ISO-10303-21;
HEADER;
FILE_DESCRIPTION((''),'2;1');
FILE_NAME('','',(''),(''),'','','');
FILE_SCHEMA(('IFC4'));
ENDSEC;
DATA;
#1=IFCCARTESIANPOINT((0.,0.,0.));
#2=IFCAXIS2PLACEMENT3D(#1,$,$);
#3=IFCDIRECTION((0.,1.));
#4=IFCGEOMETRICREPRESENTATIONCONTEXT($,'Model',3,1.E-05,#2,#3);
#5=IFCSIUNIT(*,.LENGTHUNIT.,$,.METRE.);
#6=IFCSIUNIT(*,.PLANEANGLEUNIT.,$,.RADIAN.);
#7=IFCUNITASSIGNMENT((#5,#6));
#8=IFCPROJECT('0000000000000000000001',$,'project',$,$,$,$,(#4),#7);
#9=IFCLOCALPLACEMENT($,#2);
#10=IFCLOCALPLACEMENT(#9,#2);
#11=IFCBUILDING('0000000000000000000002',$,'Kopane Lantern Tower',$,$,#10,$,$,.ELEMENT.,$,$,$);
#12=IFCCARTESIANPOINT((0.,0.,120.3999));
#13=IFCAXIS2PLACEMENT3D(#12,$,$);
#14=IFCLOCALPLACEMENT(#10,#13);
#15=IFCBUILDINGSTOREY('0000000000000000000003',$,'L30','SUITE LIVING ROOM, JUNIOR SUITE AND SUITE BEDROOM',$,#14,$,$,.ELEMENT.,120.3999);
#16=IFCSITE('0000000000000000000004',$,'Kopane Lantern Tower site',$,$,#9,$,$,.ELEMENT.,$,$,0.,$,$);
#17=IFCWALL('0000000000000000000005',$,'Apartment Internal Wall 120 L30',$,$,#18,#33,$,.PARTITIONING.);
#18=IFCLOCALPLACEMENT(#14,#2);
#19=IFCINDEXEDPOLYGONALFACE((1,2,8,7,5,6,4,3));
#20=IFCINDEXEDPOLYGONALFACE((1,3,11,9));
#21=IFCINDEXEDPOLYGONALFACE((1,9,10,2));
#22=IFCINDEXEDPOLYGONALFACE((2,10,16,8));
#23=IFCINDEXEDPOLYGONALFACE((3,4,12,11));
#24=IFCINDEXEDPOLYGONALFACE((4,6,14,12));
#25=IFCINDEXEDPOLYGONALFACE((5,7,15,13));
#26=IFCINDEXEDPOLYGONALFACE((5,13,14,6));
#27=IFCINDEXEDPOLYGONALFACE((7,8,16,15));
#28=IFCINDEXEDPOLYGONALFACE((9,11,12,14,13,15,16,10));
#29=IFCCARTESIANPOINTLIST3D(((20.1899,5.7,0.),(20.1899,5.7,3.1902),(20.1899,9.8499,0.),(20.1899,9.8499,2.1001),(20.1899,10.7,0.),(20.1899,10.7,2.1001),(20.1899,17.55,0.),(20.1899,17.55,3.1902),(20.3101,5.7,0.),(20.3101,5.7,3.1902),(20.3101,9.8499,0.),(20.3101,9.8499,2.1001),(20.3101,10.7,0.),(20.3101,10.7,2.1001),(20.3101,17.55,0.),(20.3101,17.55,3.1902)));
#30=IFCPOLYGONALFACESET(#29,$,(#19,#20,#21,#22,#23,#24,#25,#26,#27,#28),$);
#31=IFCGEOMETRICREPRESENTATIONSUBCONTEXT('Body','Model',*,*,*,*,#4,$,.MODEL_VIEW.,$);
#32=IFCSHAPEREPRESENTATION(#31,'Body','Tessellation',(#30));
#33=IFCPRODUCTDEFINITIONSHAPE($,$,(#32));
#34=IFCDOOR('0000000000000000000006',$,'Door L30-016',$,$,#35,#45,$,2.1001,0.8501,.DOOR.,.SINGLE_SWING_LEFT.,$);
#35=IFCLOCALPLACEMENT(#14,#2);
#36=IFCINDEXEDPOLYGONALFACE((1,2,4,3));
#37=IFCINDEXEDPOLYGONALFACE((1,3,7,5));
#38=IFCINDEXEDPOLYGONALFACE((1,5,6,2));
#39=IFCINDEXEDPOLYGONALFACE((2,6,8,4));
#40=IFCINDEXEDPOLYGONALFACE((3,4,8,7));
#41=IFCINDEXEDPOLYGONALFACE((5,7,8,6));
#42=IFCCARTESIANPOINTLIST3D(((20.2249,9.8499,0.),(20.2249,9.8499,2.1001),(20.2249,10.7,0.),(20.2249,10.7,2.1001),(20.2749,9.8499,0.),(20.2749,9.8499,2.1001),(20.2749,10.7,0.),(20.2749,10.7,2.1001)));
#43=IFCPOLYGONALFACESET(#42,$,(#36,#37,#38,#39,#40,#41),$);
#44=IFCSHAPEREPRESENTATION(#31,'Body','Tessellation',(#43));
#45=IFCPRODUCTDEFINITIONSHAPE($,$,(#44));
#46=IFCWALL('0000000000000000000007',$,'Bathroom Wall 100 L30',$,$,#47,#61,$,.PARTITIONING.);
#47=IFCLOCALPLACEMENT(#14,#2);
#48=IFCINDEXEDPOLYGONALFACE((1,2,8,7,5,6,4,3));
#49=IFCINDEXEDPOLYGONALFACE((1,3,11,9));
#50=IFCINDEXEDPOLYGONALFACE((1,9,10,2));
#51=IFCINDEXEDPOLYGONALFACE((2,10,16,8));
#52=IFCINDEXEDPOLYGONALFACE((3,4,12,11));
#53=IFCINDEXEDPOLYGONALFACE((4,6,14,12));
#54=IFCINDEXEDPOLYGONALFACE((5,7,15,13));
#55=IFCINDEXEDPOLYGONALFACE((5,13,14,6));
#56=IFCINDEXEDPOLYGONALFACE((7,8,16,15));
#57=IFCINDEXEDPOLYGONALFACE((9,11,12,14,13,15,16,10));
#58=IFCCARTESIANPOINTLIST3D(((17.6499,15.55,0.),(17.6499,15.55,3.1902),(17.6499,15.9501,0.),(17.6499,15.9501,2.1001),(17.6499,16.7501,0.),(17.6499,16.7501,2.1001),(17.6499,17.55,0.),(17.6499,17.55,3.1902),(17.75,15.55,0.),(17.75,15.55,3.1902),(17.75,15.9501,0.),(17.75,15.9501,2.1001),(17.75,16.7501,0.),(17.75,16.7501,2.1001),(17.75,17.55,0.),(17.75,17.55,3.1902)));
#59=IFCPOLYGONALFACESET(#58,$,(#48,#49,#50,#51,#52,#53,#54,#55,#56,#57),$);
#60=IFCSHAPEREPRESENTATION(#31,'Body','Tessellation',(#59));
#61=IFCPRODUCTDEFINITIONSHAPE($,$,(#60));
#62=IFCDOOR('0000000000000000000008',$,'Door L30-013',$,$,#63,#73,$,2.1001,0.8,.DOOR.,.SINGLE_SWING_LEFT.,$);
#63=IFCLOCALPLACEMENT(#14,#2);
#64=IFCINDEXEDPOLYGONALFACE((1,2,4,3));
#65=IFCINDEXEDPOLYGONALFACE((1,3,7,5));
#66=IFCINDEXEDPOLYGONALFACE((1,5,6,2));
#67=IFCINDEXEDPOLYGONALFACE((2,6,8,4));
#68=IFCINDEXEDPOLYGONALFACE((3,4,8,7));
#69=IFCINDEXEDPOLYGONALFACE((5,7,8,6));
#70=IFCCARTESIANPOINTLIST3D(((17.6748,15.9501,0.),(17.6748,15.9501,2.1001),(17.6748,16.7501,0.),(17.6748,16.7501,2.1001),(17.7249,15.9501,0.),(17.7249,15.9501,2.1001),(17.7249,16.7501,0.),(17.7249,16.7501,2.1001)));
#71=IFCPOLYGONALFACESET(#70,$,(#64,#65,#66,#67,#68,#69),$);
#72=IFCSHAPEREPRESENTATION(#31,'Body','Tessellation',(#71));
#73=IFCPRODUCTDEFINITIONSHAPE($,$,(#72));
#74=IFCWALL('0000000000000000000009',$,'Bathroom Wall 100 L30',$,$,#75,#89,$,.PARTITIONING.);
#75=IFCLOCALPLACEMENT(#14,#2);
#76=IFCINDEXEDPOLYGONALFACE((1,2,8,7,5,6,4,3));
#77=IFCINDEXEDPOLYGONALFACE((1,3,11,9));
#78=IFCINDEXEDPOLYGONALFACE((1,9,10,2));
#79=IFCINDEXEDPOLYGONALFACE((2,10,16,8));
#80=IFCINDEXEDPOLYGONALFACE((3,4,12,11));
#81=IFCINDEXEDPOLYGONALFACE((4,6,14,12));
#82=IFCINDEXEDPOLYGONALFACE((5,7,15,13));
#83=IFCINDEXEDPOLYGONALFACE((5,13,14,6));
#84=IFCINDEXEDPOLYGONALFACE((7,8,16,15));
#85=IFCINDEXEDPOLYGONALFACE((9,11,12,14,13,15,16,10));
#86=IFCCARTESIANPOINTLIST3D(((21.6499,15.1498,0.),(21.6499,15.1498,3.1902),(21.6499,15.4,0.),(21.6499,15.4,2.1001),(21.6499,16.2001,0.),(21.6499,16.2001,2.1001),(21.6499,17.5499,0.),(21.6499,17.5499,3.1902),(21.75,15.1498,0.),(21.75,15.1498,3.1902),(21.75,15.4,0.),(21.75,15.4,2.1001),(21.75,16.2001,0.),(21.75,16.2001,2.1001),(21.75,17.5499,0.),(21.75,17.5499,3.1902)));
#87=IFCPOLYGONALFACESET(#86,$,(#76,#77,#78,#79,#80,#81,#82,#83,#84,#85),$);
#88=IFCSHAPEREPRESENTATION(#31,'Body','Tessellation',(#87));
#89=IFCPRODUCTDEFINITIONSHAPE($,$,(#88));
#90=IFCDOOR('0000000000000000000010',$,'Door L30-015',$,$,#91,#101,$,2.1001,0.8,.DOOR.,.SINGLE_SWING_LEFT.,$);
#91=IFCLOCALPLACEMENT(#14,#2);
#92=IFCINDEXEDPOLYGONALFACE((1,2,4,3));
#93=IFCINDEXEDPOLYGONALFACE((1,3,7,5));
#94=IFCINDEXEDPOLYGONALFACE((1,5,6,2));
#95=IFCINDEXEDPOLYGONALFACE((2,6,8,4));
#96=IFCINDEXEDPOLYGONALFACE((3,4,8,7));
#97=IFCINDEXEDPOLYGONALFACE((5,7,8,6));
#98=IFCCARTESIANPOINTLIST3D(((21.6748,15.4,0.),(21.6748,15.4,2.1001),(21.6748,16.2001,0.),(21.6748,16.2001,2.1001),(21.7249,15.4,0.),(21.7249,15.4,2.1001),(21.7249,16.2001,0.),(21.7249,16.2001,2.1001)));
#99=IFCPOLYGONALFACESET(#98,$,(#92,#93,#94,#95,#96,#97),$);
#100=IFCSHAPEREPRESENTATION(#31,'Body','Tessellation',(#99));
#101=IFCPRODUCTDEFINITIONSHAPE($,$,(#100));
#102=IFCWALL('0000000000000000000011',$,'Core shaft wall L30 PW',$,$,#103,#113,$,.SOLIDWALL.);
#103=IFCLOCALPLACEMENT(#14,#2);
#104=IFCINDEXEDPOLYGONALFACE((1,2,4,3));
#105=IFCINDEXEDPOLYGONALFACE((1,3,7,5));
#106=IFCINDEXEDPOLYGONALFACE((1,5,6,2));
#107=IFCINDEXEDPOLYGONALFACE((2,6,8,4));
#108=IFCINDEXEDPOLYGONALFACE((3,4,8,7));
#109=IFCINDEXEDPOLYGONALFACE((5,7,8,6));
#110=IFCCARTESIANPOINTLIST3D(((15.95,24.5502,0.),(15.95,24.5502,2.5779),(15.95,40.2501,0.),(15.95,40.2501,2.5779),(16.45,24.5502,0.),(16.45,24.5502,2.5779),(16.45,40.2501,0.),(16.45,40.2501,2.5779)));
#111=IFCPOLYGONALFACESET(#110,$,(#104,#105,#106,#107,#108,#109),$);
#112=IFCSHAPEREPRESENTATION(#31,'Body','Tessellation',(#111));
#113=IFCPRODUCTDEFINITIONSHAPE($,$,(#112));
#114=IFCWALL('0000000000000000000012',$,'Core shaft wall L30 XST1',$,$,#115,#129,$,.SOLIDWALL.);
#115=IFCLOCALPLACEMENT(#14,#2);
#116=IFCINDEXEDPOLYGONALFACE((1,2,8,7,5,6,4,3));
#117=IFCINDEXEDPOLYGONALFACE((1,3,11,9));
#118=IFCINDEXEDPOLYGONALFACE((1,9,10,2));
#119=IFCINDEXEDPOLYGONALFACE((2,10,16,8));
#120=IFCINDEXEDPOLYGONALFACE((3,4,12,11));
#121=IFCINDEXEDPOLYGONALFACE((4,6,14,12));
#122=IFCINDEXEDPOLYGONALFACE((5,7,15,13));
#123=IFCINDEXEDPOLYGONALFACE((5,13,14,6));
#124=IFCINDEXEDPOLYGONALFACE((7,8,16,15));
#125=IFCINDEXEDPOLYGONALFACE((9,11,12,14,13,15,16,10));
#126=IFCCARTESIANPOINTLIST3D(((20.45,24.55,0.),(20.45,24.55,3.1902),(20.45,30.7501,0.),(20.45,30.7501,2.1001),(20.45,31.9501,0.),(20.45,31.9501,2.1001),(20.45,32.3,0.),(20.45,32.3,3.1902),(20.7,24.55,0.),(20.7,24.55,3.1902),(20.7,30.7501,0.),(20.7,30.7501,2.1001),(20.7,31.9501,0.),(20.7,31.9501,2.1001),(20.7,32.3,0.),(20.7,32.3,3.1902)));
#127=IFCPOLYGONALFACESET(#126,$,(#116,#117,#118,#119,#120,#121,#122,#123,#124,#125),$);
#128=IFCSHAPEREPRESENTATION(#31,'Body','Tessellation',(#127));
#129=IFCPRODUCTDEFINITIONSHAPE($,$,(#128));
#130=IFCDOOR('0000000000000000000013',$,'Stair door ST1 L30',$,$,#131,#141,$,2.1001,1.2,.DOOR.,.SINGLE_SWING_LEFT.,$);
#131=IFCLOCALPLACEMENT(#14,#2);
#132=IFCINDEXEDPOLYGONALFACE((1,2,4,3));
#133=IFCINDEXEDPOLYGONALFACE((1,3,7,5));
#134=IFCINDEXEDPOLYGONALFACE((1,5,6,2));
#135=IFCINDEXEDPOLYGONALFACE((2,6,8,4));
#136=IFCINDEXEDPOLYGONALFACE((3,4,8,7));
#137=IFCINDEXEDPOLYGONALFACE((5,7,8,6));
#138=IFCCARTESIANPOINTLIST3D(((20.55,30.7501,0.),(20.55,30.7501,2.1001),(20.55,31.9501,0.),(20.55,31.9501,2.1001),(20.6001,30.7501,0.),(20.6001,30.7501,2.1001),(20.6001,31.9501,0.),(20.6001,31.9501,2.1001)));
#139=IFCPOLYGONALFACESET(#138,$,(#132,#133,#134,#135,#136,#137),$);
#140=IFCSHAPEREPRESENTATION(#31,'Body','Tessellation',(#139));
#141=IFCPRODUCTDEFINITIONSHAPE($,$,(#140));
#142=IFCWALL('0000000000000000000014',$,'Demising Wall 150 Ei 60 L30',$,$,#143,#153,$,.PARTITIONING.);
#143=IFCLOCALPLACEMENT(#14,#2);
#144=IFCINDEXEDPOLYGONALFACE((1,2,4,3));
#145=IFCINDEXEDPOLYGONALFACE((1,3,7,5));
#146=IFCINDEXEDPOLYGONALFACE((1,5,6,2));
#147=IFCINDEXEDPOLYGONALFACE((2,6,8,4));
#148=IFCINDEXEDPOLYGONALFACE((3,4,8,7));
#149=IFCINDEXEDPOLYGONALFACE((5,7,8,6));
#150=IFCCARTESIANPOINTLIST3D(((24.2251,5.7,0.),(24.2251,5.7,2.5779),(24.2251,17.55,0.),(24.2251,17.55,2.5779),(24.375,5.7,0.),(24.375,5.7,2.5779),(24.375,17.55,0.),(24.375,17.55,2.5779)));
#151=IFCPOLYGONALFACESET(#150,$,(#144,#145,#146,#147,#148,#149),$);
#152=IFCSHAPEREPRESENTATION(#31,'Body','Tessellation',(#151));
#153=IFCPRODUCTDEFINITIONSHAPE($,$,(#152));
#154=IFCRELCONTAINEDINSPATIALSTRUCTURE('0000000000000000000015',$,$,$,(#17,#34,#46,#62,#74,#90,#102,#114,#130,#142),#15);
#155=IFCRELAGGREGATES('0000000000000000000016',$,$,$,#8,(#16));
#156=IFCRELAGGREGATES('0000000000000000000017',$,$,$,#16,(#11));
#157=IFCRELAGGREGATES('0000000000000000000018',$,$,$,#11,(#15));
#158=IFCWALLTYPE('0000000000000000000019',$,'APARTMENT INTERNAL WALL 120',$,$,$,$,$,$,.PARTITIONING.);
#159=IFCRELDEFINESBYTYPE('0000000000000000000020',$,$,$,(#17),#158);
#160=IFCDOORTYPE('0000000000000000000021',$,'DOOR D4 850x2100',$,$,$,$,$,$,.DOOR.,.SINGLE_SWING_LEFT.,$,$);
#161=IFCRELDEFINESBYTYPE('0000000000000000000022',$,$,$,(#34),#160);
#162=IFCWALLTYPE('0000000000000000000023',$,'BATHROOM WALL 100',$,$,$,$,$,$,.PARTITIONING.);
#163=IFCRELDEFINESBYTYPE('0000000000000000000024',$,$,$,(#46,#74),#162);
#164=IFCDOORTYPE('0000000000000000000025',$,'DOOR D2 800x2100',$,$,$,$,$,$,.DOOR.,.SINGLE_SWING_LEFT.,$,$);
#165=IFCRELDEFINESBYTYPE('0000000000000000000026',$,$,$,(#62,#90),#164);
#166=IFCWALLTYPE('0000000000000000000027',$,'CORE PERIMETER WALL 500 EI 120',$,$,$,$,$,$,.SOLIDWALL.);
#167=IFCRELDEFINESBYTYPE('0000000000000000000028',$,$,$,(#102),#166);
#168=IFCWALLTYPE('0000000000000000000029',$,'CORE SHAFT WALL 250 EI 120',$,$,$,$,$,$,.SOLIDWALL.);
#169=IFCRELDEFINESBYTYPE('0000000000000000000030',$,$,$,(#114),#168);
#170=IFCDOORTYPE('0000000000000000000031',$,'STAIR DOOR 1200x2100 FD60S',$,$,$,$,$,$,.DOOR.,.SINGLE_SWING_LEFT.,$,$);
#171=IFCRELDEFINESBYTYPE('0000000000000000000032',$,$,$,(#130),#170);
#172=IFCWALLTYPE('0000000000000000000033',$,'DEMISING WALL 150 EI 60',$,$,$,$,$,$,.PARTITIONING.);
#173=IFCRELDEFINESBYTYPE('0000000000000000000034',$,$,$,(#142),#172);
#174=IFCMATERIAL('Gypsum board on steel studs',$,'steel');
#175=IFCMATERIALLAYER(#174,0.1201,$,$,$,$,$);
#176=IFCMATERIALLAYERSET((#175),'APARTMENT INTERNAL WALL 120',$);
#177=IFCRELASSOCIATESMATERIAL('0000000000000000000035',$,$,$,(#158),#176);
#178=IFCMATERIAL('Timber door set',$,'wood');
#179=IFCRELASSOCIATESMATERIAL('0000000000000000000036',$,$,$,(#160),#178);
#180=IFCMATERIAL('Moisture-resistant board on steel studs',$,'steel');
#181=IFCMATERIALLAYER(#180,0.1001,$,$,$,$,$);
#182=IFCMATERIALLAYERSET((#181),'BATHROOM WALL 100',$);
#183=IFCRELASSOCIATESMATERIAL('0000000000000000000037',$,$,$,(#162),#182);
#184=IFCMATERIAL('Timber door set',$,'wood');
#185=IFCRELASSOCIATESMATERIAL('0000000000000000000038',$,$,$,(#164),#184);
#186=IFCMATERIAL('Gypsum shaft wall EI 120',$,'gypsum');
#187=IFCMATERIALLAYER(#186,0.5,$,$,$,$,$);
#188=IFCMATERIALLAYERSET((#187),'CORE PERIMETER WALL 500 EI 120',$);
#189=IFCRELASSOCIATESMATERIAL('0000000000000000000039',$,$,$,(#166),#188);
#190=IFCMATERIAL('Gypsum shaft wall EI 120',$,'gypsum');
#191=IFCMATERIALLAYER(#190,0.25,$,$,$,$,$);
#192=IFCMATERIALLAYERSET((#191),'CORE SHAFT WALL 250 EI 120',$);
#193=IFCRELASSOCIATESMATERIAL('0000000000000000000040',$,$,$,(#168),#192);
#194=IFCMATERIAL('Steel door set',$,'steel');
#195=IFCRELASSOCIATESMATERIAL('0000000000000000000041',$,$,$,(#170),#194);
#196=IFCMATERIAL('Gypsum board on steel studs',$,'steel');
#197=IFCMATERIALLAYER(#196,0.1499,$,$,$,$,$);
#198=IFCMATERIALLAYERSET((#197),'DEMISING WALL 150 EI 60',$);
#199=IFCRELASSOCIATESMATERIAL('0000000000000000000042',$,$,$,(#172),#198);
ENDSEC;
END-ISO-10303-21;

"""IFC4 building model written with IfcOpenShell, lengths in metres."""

from ifc_helpers import new_model, si_unit, direction, frame, frame_2d, origin, place, context, subcontext, project, spatial, rectangle, extrude, material, layer, layer_set, type_object, element, fill, save


model = new_model("IFC4")

# Units and contexts
model_context = context("Model", 3, precision=1e-05, world=origin(), true_north=direction((0.0, 1.0)))
body_context = subcontext(model_context, "Body", "Model", "MODEL_VIEW")
ifc_project = project(units=[si_unit("LENGTHUNIT", "METRE"), si_unit("PLANEANGLEUNIT", "RADIAN")], contexts=[model_context])

# Site, building, storey
site_placement = place(None, origin())
site = spatial("IfcSite", under=ifc_project, at=site_placement, Name="Kopane Lantern Tower site", CompositionType="ELEMENT", RefElevation=0.0)
building_placement = place(site_placement, origin())
building = spatial("IfcBuilding", under=site, at=building_placement, Name="Kopane Lantern Tower", CompositionType="ELEMENT")
storey_placement = place(building_placement, frame((0.0, 0.0, 120.3999)))
storey = spatial("IfcBuildingStorey", under=building, at=storey_placement, Name="L30", Description="SUITE LIVING ROOM, JUNIOR SUITE AND SUITE BEDROOM", CompositionType="ELEMENT", Elevation=120.3999)

# Walls, openings, doors
ifc_material_1 = material(Name="Gypsum board on steel studs", Category="steel")
ifc_layer_1 = layer(ifc_material_1, 0.1201)
ifc_layer_set_1 = layer_set([ifc_layer_1], Name="APARTMENT INTERNAL WALL 120")
wall_type_1 = type_object("IfcWallType", Name="APARTMENT INTERNAL WALL 120", PredefinedType="PARTITIONING", material=ifc_layer_set_1)
wall_1_placement = place(storey_placement, frame((20.25, 17.55, 0.0), z_axis=(0.0, 0.0, 1.0), x_axis=(0.0, -1.0, 0.0)))
wall_1 = element("IfcWall", 1, at=wall_1_placement, inside=storey, type_object=wall_type_1, Name="Apartment Internal Wall 120 L30", PredefinedType="PARTITIONING", context=body_context, shape_type="SweptSolid", body=[
    extrude(rectangle(XDim=11.8501, YDim=0.1201, at=frame_2d((5.925, 0.0))), origin(), (0.0, 0.0, 1.0), 3.1902),
])
opening_1_placement = place(wall_1_placement, frame((6.8501, 0.0, 0.0)))
opening_1 = element("IfcOpeningElement", 2, at=opening_1_placement, cuts=wall_1, PredefinedType="OPENING", context=body_context, shape_type="SweptSolid", body=[
    extrude(rectangle(XDim=0.8501, YDim=2.1001, at=frame_2d((0.425, 1.05))), frame((0.0, 0.0701, 0.0), z_axis=(0.0, -1.0, 0.0), x_axis=(1.0, 0.0, 0.0)), (0.0, 0.0, 1.0), 0.1401),
])
ifc_material_2 = material(Name="Timber door set", Category="wood")
door_type_1 = type_object("IfcDoorType", Name="DOOR D4 850x2100", OperationType="SINGLE_SWING_LEFT", PredefinedType="DOOR", material=ifc_material_2)
door_1_placement = place(opening_1_placement, origin())
door_1 = element("IfcDoor", 3, at=door_1_placement, inside=storey, type_object=door_type_1, Name="Door L30-016", OperationType="SINGLE_SWING_LEFT", OverallHeight=2.1001, OverallWidth=0.8501, PredefinedType="DOOR", context=body_context, shape_type="SweptSolid", body=[
    extrude(rectangle(XDim=0.8501, YDim=2.1001, at=frame_2d((0.425, 1.05))), frame((0.0, 0.0249, 0.0), z_axis=(0.0, -1.0, 0.0), x_axis=(1.0, 0.0, 0.0)), (0.0, 0.0, 1.0), 0.05),
])
fill(opening_1, door_1)
ifc_material_3 = material(Name="Moisture-resistant board on steel studs", Category="steel")
ifc_layer_2 = layer(ifc_material_3, 0.1001)
ifc_layer_set_2 = layer_set([ifc_layer_2], Name="BATHROOM WALL 100")
wall_type_2 = type_object("IfcWallType", Name="BATHROOM WALL 100", PredefinedType="PARTITIONING", material=ifc_layer_set_2)
wall_2_placement = place(storey_placement, frame((17.7, 17.55, 0.0), z_axis=(0.0, 0.0, 1.0), x_axis=(0.0, -1.0, 0.0)))
wall_2 = element("IfcWall", 4, at=wall_2_placement, inside=storey, type_object=wall_type_2, Name="Bathroom Wall 100 L30", PredefinedType="PARTITIONING", context=body_context, shape_type="SweptSolid", body=[
    extrude(rectangle(XDim=2.0, YDim=0.1001, at=frame_2d((1.0, 0.0))), origin(), (0.0, 0.0, 1.0), 3.1902),
])
opening_2_placement = place(wall_2_placement, frame((0.8, 0.0, 0.0)))
opening_2 = element("IfcOpeningElement", 5, at=opening_2_placement, cuts=wall_2, PredefinedType="OPENING", context=body_context, shape_type="SweptSolid", body=[
    extrude(rectangle(XDim=0.8, YDim=2.1001, at=frame_2d((0.3999, 1.05))), frame((0.0, 0.0601, 0.0), z_axis=(0.0, -1.0, 0.0), x_axis=(1.0, 0.0, 0.0)), (0.0, 0.0, 1.0), 0.1201),
])
ifc_material_4 = material(Name="Timber door set", Category="wood")
door_type_2 = type_object("IfcDoorType", Name="DOOR D2 800x2100", OperationType="SINGLE_SWING_LEFT", PredefinedType="DOOR", material=ifc_material_4)
door_2_placement = place(opening_2_placement, origin())
door_2 = element("IfcDoor", 6, at=door_2_placement, inside=storey, type_object=door_type_2, Name="Door L30-013", OperationType="SINGLE_SWING_LEFT", OverallHeight=2.1001, OverallWidth=0.8, PredefinedType="DOOR", context=body_context, shape_type="SweptSolid", body=[
    extrude(rectangle(XDim=0.8, YDim=2.1001, at=frame_2d((0.3999, 1.05))), frame((0.0, 0.0249, 0.0), z_axis=(0.0, -1.0, 0.0), x_axis=(1.0, 0.0, 0.0)), (0.0, 0.0, 1.0), 0.05),
])
fill(opening_2, door_2)
wall_3_placement = place(storey_placement, frame((21.7, 17.55, 0.0), z_axis=(0.0, 0.0, 1.0), x_axis=(0.0, -1.0, 0.0)))
wall_3 = element("IfcWall", 7, at=wall_3_placement, inside=storey, type_object=wall_type_2, Name="Bathroom Wall 100 L30", PredefinedType="PARTITIONING", context=body_context, shape_type="SweptSolid", body=[
    extrude(rectangle(XDim=2.4001, YDim=0.1001, at=frame_2d((1.2002, 0.0))), origin(), (0.0, 0.0, 1.0), 3.1902),
])
opening_3_placement = place(wall_3_placement, frame((1.3501, 0.0, 0.0)))
opening_3 = element("IfcOpeningElement", 8, at=opening_3_placement, cuts=wall_3, PredefinedType="OPENING", context=body_context, shape_type="SweptSolid", body=[
    extrude(rectangle(XDim=0.8, YDim=2.1001, at=frame_2d((0.3999, 1.05))), frame((0.0, 0.0601, 0.0), z_axis=(0.0, -1.0, 0.0), x_axis=(1.0, 0.0, 0.0)), (0.0, 0.0, 1.0), 0.1201),
])
door_3_placement = place(opening_3_placement, origin())
door_3 = element("IfcDoor", 9, at=door_3_placement, inside=storey, type_object=door_type_2, Name="Door L30-015", OperationType="SINGLE_SWING_LEFT", OverallHeight=2.1001, OverallWidth=0.8, PredefinedType="DOOR", context=body_context, shape_type="SweptSolid", body=[
    extrude(rectangle(XDim=0.8, YDim=2.1001, at=frame_2d((0.3999, 1.05))), frame((0.0, 0.0249, 0.0), z_axis=(0.0, -1.0, 0.0), x_axis=(1.0, 0.0, 0.0)), (0.0, 0.0, 1.0), 0.05),
])
fill(opening_3, door_3)

# Wall
ifc_material_5 = material(Name="Gypsum shaft wall EI 120", Category="gypsum")
ifc_layer_3 = layer(ifc_material_5, 0.5)
ifc_layer_set_3 = layer_set([ifc_layer_3], Name="CORE PERIMETER WALL 500 EI 120")
wall_type_3 = type_object("IfcWallType", Name="CORE PERIMETER WALL 500 EI 120", PredefinedType="SOLIDWALL", material=ifc_layer_set_3)
wall_4_placement = place(storey_placement, frame((16.2, 24.55, 0.0), z_axis=(0.0, 0.0, 1.0), x_axis=(0.0, 1.0, 0.0)))
element("IfcWall", 10, at=wall_4_placement, inside=storey, type_object=wall_type_3, Name="Core shaft wall L30 PW", PredefinedType="SOLIDWALL", context=body_context, shape_type="SweptSolid", body=[
    extrude(rectangle(XDim=15.7, YDim=0.5, at=frame_2d((7.8501, 0.0))), origin(), (0.0, 0.0, 1.0), 2.5779),
])

# Wall, opening, door
ifc_material_6 = material(Name="Gypsum shaft wall EI 120", Category="gypsum")
ifc_layer_4 = layer(ifc_material_6, 0.25)
ifc_layer_set_4 = layer_set([ifc_layer_4], Name="CORE SHAFT WALL 250 EI 120")
wall_type_4 = type_object("IfcWallType", Name="CORE SHAFT WALL 250 EI 120", PredefinedType="SOLIDWALL", material=ifc_layer_set_4)
wall_5_placement = place(storey_placement, frame((20.575, 24.55, 0.0), z_axis=(0.0, 0.0, 1.0), x_axis=(0.0, 1.0, 0.0)))
wall_5 = element("IfcWall", 11, at=wall_5_placement, inside=storey, type_object=wall_type_4, Name="Core shaft wall L30 XST1", PredefinedType="SOLIDWALL", context=body_context, shape_type="SweptSolid", body=[
    extrude(rectangle(XDim=7.75, YDim=0.25, at=frame_2d((3.875, 0.0))), origin(), (0.0, 0.0, 1.0), 3.1902),
])
opening_4_placement = place(wall_5_placement, frame((6.2, 0.0, 0.0)))
opening_4 = element("IfcOpeningElement", 12, at=opening_4_placement, cuts=wall_5, PredefinedType="OPENING", context=body_context, shape_type="SweptSolid", body=[
    extrude(rectangle(XDim=1.2, YDim=2.1001, at=frame_2d((0.6001, 1.05))), frame((0.0, 0.135, 0.0), z_axis=(0.0, -1.0, 0.0), x_axis=(1.0, 0.0, 0.0)), (0.0, 0.0, 1.0), 0.27),
])
ifc_material_7 = material(Name="Steel door set", Category="steel")
door_type_3 = type_object("IfcDoorType", Name="STAIR DOOR 1200x2100 FD60S", OperationType="SINGLE_SWING_LEFT", PredefinedType="DOOR", material=ifc_material_7)
door_4_placement = place(opening_4_placement, origin())
door_4 = element("IfcDoor", 13, at=door_4_placement, inside=storey, type_object=door_type_3, Name="Stair door ST1 L30", OperationType="SINGLE_SWING_LEFT", OverallHeight=2.1001, OverallWidth=1.2, PredefinedType="DOOR", context=body_context, shape_type="SweptSolid", body=[
    extrude(rectangle(XDim=1.2, YDim=2.1001, at=frame_2d((0.6001, 1.05))), frame((0.0, 0.0249, 0.0), z_axis=(0.0, -1.0, 0.0), x_axis=(1.0, 0.0, 0.0)), (0.0, 0.0, 1.0), 0.05),
])
fill(opening_4, door_4)

# Wall
ifc_material_8 = material(Name="Gypsum board on steel studs", Category="steel")
ifc_layer_5 = layer(ifc_material_8, 0.1499)
ifc_layer_set_5 = layer_set([ifc_layer_5], Name="DEMISING WALL 150 EI 60")
wall_type_5 = type_object("IfcWallType", Name="DEMISING WALL 150 EI 60", PredefinedType="PARTITIONING", material=ifc_layer_set_5)
wall_6_placement = place(storey_placement, frame((24.3, 17.55, 0.0), z_axis=(0.0, 0.0, 1.0), x_axis=(0.0, -1.0, 0.0)))
element("IfcWall", 14, at=wall_6_placement, inside=storey, type_object=wall_type_5, Name="Demising Wall 150 Ei 60 L30", PredefinedType="PARTITIONING", context=body_context, shape_type="SweptSolid", body=[
    extrude(rectangle(XDim=11.8501, YDim=0.1499, at=frame_2d((5.925, 0.0))), origin(), (0.0, 0.0, 1.0), 2.5779),
])

save(model, "model.ifc")
